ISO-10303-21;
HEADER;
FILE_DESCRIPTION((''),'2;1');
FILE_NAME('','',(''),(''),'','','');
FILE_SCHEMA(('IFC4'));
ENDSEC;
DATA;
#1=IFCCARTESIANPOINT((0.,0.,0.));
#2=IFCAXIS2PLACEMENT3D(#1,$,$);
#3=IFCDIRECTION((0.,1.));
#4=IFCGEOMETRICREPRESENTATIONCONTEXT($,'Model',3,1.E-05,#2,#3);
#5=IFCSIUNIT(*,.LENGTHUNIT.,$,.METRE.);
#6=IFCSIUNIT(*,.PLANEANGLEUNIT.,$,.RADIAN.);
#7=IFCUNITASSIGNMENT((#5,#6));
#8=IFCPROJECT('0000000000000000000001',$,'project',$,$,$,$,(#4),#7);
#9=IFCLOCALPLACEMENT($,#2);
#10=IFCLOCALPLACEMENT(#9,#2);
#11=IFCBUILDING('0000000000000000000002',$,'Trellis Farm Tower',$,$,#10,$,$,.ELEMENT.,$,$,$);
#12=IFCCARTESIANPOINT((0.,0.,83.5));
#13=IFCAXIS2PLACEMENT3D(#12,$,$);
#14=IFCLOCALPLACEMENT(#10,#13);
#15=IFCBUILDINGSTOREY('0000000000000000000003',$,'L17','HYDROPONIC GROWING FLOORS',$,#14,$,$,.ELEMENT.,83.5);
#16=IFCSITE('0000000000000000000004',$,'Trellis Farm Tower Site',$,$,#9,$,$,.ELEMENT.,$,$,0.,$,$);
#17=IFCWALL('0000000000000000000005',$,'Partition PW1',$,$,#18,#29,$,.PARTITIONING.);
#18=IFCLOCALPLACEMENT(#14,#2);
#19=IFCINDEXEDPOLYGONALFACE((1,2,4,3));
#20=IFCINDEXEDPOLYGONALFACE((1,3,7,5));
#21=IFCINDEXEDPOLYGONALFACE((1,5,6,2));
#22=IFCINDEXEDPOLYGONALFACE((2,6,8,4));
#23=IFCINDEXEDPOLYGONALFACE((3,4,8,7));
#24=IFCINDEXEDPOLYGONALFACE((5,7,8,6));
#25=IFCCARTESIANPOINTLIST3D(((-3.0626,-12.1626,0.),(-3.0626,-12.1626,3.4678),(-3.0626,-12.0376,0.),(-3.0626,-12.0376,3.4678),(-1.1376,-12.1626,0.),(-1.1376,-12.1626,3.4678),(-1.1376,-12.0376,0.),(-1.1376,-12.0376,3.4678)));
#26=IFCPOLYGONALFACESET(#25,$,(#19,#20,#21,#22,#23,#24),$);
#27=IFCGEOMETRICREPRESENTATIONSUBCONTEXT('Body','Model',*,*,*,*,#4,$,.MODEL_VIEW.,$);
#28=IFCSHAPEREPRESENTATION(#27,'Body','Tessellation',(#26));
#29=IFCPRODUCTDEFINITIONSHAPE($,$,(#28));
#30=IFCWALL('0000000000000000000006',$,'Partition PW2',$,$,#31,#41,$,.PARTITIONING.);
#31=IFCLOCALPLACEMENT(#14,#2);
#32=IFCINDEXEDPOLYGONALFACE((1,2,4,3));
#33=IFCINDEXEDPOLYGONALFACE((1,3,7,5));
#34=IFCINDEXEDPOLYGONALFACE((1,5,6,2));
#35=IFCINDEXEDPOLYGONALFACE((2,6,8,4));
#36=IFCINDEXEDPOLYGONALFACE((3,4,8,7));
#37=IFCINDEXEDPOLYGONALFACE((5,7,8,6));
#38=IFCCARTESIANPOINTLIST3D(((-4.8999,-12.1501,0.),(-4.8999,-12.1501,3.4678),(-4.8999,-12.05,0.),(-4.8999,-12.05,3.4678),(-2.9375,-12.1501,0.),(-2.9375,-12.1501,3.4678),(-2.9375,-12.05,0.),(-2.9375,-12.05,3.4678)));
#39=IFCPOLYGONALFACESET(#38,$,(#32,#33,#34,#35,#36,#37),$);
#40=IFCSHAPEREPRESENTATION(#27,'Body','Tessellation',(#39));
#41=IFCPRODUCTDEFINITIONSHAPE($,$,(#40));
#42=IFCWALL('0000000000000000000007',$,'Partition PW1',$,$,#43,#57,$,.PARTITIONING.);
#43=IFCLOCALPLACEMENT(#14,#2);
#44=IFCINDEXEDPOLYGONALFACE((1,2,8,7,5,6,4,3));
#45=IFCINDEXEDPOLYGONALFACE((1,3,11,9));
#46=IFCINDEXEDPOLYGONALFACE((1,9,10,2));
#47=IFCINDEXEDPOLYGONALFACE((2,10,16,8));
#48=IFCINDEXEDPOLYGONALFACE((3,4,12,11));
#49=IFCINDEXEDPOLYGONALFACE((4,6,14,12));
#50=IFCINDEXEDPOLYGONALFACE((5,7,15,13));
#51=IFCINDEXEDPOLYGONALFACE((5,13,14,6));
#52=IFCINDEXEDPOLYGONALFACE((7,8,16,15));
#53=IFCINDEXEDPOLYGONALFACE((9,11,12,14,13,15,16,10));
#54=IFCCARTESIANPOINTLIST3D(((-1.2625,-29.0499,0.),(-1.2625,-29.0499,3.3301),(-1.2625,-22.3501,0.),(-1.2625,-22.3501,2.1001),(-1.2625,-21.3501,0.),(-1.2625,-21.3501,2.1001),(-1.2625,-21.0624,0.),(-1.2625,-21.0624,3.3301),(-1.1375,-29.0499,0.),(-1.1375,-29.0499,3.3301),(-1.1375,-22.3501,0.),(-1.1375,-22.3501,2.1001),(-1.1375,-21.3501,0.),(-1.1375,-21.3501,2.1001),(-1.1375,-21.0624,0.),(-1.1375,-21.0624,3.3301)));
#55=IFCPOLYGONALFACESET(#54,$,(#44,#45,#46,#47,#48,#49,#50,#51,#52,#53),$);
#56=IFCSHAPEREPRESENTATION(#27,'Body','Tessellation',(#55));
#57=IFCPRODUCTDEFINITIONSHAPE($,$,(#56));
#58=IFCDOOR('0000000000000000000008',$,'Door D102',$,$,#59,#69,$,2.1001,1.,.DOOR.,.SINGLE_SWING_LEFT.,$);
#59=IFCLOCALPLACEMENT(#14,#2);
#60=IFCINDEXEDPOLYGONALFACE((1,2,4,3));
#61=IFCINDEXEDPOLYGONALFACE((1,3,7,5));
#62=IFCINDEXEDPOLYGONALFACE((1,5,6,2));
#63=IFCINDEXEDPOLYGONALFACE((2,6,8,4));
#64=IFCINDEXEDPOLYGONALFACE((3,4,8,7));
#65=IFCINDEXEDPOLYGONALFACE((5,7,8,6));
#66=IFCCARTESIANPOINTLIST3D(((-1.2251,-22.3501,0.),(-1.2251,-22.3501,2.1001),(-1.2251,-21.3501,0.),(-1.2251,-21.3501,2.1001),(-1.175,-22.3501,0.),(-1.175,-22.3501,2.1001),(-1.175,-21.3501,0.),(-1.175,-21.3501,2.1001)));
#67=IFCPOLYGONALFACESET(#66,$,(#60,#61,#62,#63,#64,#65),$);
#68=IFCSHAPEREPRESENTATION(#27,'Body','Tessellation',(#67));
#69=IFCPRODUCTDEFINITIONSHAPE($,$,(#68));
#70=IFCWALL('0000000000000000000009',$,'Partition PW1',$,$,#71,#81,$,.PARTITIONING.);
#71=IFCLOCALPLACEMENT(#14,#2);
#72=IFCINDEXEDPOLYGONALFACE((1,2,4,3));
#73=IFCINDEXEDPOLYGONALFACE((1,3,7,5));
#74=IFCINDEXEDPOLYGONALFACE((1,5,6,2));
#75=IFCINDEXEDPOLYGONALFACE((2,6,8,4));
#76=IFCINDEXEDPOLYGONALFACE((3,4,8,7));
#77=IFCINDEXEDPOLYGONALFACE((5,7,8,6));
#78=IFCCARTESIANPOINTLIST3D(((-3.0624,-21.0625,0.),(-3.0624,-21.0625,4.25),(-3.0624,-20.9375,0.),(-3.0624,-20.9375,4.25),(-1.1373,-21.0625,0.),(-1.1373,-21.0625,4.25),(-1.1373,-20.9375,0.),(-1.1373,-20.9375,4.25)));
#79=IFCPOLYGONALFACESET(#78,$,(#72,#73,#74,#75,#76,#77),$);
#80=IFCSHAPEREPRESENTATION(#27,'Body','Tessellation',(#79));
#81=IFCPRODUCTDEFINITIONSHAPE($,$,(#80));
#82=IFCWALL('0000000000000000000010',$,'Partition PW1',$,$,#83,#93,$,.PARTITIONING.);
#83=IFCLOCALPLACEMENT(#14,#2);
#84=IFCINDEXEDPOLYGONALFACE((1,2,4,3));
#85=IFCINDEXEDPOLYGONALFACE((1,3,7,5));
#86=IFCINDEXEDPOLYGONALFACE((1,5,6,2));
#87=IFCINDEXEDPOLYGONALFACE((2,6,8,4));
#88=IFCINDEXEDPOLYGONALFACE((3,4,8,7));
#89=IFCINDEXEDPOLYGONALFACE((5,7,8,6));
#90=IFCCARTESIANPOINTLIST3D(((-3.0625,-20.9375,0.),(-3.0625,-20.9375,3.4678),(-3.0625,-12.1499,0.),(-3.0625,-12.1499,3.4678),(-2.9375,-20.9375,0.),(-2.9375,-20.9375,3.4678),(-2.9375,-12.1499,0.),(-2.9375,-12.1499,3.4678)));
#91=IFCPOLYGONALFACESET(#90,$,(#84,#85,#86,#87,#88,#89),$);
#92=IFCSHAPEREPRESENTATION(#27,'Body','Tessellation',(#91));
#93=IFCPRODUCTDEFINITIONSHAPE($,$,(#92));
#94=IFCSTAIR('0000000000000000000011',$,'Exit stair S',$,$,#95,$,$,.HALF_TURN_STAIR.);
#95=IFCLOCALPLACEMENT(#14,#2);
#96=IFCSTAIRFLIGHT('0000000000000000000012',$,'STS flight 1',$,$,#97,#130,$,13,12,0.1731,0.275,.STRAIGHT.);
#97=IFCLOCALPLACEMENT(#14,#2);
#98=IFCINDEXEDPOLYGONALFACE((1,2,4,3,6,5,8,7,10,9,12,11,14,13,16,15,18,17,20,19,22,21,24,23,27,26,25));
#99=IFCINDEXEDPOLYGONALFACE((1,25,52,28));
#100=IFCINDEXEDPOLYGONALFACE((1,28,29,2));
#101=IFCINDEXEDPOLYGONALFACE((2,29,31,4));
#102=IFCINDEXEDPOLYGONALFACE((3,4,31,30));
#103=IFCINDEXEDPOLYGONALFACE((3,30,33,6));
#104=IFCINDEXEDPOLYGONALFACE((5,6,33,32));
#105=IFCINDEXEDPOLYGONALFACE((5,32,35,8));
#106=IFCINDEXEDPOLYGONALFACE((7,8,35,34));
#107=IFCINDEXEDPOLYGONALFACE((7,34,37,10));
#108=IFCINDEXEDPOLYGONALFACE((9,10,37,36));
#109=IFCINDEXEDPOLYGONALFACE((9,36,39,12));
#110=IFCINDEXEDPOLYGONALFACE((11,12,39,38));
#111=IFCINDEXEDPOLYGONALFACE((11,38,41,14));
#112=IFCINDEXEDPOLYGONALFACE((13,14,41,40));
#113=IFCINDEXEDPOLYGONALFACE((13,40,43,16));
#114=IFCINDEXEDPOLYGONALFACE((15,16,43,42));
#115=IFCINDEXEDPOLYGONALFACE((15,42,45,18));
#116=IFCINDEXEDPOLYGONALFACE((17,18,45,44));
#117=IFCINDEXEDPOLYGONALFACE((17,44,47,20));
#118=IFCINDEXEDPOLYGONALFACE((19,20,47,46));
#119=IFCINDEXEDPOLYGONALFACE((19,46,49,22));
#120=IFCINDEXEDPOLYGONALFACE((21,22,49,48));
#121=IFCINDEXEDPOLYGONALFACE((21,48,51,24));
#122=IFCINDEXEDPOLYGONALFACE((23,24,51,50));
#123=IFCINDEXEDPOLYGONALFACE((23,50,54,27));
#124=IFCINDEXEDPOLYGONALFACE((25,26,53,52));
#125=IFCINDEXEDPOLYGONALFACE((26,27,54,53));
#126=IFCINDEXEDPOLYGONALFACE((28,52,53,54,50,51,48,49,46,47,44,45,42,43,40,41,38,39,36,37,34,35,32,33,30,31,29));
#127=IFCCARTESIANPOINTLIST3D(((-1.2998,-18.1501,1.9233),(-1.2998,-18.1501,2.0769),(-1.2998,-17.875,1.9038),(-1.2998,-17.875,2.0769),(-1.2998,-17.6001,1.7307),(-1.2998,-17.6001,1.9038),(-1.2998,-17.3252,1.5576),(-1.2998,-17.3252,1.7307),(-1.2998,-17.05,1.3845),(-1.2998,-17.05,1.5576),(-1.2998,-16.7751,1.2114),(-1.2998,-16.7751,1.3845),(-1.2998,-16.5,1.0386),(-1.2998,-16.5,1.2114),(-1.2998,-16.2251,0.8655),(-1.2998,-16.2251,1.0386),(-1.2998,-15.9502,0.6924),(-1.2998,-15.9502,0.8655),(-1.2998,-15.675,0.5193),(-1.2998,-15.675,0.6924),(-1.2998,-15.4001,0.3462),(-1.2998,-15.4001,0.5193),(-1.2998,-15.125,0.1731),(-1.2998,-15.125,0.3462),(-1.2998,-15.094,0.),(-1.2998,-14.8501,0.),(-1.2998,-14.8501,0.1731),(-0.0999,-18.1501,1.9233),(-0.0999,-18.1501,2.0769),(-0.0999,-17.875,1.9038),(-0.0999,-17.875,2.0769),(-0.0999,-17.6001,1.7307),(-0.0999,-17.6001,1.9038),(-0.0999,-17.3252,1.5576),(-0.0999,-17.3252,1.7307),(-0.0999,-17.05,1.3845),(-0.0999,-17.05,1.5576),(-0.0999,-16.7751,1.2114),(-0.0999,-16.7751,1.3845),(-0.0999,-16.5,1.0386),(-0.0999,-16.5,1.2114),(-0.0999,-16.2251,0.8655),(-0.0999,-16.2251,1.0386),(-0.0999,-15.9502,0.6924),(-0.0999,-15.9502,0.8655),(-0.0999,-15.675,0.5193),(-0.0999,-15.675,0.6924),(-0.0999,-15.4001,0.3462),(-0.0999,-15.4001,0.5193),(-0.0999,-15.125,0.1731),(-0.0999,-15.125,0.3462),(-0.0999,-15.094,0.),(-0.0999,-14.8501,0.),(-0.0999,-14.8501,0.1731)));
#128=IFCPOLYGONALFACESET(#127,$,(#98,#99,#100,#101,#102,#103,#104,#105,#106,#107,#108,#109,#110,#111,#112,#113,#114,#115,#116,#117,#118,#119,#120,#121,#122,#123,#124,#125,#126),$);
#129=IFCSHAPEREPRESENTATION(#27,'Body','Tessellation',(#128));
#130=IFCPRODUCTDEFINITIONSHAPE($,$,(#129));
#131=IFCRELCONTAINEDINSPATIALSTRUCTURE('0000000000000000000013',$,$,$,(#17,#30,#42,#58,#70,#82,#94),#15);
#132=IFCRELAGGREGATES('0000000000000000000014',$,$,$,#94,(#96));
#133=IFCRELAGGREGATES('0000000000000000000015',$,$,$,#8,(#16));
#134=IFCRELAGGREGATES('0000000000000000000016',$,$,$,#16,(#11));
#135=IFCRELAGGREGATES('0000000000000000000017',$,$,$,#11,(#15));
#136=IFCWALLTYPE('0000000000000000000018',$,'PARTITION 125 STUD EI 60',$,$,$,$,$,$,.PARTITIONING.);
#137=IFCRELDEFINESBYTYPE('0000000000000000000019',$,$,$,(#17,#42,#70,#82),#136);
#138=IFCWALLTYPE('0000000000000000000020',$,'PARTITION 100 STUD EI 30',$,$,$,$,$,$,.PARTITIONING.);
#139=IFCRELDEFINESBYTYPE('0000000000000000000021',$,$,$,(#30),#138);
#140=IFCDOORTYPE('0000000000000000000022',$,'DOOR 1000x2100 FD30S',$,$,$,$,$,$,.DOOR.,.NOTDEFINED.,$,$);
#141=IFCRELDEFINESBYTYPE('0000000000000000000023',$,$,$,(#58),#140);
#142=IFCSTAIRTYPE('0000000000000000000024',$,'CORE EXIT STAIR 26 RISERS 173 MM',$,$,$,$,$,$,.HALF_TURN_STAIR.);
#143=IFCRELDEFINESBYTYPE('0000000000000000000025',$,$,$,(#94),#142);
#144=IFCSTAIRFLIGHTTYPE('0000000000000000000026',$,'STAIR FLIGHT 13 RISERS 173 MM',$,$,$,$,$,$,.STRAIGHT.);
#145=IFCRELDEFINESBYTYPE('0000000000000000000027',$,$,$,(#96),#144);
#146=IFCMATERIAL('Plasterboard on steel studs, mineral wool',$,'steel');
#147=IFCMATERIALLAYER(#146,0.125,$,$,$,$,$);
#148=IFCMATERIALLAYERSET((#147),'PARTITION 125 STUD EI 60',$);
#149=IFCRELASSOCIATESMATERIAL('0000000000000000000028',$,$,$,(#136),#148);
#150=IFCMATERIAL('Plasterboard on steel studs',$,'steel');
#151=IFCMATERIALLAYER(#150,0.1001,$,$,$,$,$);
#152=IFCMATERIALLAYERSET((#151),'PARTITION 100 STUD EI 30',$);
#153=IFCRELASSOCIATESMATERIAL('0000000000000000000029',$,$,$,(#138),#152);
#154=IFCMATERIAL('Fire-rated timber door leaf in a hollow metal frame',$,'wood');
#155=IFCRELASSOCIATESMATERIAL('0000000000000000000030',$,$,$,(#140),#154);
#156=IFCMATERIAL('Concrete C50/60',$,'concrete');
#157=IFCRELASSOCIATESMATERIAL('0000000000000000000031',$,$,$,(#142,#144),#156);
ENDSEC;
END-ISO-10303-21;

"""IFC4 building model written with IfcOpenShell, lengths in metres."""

from ifc_helpers import new_model, si_unit, direction, frame, frame_2d, origin, place, context, subcontext, project, spatial, polyline, rectangle, outline, extrude, source, transform, mapped, material, layer, layer_set, type_object, element, fill, aggregate, save


model = new_model("IFC4")

# Units and contexts
model_context = context("Model", 3, precision=1e-05, world=origin(), true_north=direction((0.0, 1.0)))
body_context = subcontext(model_context, "Body", "Model", "MODEL_VIEW")
ifc_project = project(units=[si_unit("LENGTHUNIT", "METRE"), si_unit("PLANEANGLEUNIT", "RADIAN")], contexts=[model_context])

# Site, building, storey
site_placement = place(None, origin())
site = spatial("IfcSite", under=ifc_project, at=site_placement, Name="Trellis Farm Tower Site", CompositionType="ELEMENT", RefElevation=0.0)
building_placement = place(site_placement, origin())
building = spatial("IfcBuilding", under=site, at=building_placement, Name="Trellis Farm Tower", CompositionType="ELEMENT")
storey_placement = place(building_placement, frame((0.0, 0.0, 83.5)))
storey = spatial("IfcBuildingStorey", under=building, at=storey_placement, Name="L17", Description="HYDROPONIC GROWING FLOORS", CompositionType="ELEMENT", Elevation=83.5)

# Shared definitions
placement = place(storey_placement, origin())

# Shared definitions
ifc_material_1 = material(Name="Plasterboard on steel studs, mineral wool", Category="steel")
ifc_layer_1 = layer(ifc_material_1, 0.125)
ifc_layer_set_1 = layer_set([ifc_layer_1], Name="PARTITION 125 STUD EI 60")
wall_type_1 = type_object("IfcWallType", Name="PARTITION 125 STUD EI 60", PredefinedType="PARTITIONING", material=ifc_layer_set_1)
ifc_material_2 = material(Name="Fire-rated timber door leaf in a hollow metal frame", Category="wood")

# Walls
shared_shape_1 = source(origin(), body_context, "Body", "SweptSolid", [
    extrude(rectangle(XDim=1.925, YDim=0.125, at=frame_2d((0.9624, 0.0))), origin(), (0.0, 0.0, 1.0), 3.4678),
])
wall_1_placement = place(storey_placement, frame((-3.0625, -12.1001, 0.0), z_axis=(0.0, 0.0, 1.0), x_axis=(1.0, 0.0, 0.0)))
element("IfcWall", 1, at=wall_1_placement, inside=storey, type_object=wall_type_1, Name="Partition PW1", PredefinedType="PARTITIONING", context=body_context, shape_type="MappedRepresentation", body=[
    mapped(shared_shape_1, transform((0.0, 0.0, 0.0))),
])
ifc_material_3 = material(Name="Plasterboard on steel studs", Category="steel")
ifc_layer_2 = layer(ifc_material_3, 0.1001)
ifc_layer_set_2 = layer_set([ifc_layer_2], Name="PARTITION 100 STUD EI 30")
wall_type_2 = type_object("IfcWallType", Name="PARTITION 100 STUD EI 30", PredefinedType="PARTITIONING", material=ifc_layer_set_2)
shared_shape_2 = source(origin(), body_context, "Body", "SweptSolid", [
    extrude(rectangle(XDim=1.9624, YDim=0.1001, at=frame_2d((0.9812, 0.0))), origin(), (0.0, 0.0, 1.0), 3.4678),
])
wall_2_placement = place(storey_placement, frame((-4.8999, -12.1001, 0.0), z_axis=(0.0, 0.0, 1.0), x_axis=(1.0, 0.0, 0.0)))
element("IfcWall", 2, at=wall_2_placement, inside=storey, type_object=wall_type_2, Name="Partition PW2", PredefinedType="PARTITIONING", context=body_context, shape_type="MappedRepresentation", body=[
    mapped(shared_shape_2, transform((0.0, 0.0, 0.0))),
])

# Wall, opening, door
shared_shape_3 = source(origin(), body_context, "Body", "SweptSolid", [
    extrude(rectangle(XDim=7.9875, YDim=0.125, at=frame_2d((3.9937, 0.0))), origin(), (0.0, 0.0, 1.0), 3.3301),
])
wall_3_placement = place(storey_placement, frame((-1.2, -21.0625, 0.0), z_axis=(0.0, 0.0, 1.0), x_axis=(0.0, -1.0, 0.0)))
wall_3 = element("IfcWall", 3, at=wall_3_placement, inside=storey, type_object=wall_type_1, Name="Partition PW1", PredefinedType="PARTITIONING", context=body_context, shape_type="MappedRepresentation", body=[
    mapped(shared_shape_3, transform((0.0, 0.0, 0.0))),
])
shared_shape_4 = source(origin(), body_context, "Body", "SweptSolid", [
    extrude(rectangle(XDim=1.0, YDim=2.1001, at=frame_2d((0.5, 1.05))), frame((0.0, 0.0725, 0.0), z_axis=(0.0, -1.0, 0.0), x_axis=(1.0, 0.0, 0.0)), (0.0, 0.0, 1.0), 0.145),
])
opening_1_placement = place(wall_3_placement, frame((0.2876, 0.0, 0.0)))
opening_1 = element("IfcOpeningElement", 4, at=opening_1_placement, cuts=wall_3, PredefinedType="OPENING", context=body_context, shape_type="MappedRepresentation", body=[
    mapped(shared_shape_4, transform((0.0, 0.0, 0.0))),
])
door_type_1 = type_object("IfcDoorType", Name="DOOR 1000x2100 FD30S", OperationType="NOTDEFINED", PredefinedType="DOOR", material=ifc_material_2)
shared_shape_5 = source(origin(), body_context, "Body", "SweptSolid", [
    extrude(rectangle(XDim=1.0, YDim=2.1001, at=frame_2d((0.5, 1.05))), frame((0.0, 0.0249, 0.0), z_axis=(0.0, -1.0, 0.0), x_axis=(1.0, 0.0, 0.0)), (0.0, 0.0, 1.0), 0.05),
])
door_1_placement = place(opening_1_placement, origin())
door_1 = element("IfcDoor", 5, at=door_1_placement, inside=storey, type_object=door_type_1, Name="Door D102", OperationType="SINGLE_SWING_LEFT", OverallHeight=2.1001, OverallWidth=1.0, PredefinedType="DOOR", context=body_context, shape_type="MappedRepresentation", body=[
    mapped(shared_shape_5, transform((0.0, 0.0, 0.0))),
])
fill(opening_1, door_1)

# Walls
shared_shape_6 = source(origin(), body_context, "Body", "SweptSolid", [
    extrude(rectangle(XDim=1.925, YDim=0.125, at=frame_2d((0.9624, 0.0))), origin(), (0.0, 0.0, 1.0), 4.25),
])
wall_4_placement = place(storey_placement, frame((-1.1375, -21.0, 0.0), z_axis=(0.0, 0.0, 1.0), x_axis=(-1.0, 0.0, 0.0)))
element("IfcWall", 6, at=wall_4_placement, inside=storey, type_object=wall_type_1, Name="Partition PW1", PredefinedType="PARTITIONING", context=body_context, shape_type="MappedRepresentation", body=[
    mapped(shared_shape_6, transform((0.0, 0.0, 0.0))),
])
shared_shape_7 = source(origin(), body_context, "Body", "SweptSolid", [
    extrude(rectangle(XDim=8.7876, YDim=0.125, at=frame_2d((4.3938, 0.0))), origin(), (0.0, 0.0, 1.0), 3.4678),
])
wall_5_placement = place(storey_placement, frame((-3.0, -20.9375, 0.0), z_axis=(0.0, 0.0, 1.0), x_axis=(0.0, 1.0, 0.0)))
element("IfcWall", 7, at=wall_5_placement, inside=storey, type_object=wall_type_1, Name="Partition PW1", PredefinedType="PARTITIONING", context=body_context, shape_type="MappedRepresentation", body=[
    mapped(shared_shape_7, transform((0.0, 0.0, 0.0))),
])

# Stair, stair flight
ifc_material_4 = material(Name="Concrete C50/60", Category="concrete")
stair_type = type_object("IfcStairType", Name="CORE EXIT STAIR 26 RISERS 173 MM", PredefinedType="HALF_TURN_STAIR", material=ifc_material_4)
stair = element("IfcStair", 8, at=placement, inside=storey, type_object=stair_type, Name="Exit stair S", PredefinedType="HALF_TURN_STAIR")
stair_flight_type = type_object("IfcStairFlightType", Name="STAIR FLIGHT 13 RISERS 173 MM", PredefinedType="STRAIGHT", material=ifc_material_4)
shared_shape_8 = source(origin(), body_context, "Body", "SweptSolid", [
    extrude(outline(polyline([(0.0, 0.0), (0.0, 0.1731), (0.2749, 0.1731), (0.2749, 0.3462), (0.55, 0.3462), (0.55, 0.5193), (0.825, 0.5193), (0.825, 0.6924), (1.1001, 0.6924), (1.1001, 0.8655), (1.375, 0.8655), (1.375, 1.0386), (1.6499, 1.0386), (1.6499, 1.2114), (1.925, 1.2114), (1.925, 1.3845), (2.2, 1.3845), (2.2, 1.5576), (2.4751, 1.5576), (2.4751, 1.7307), (2.75, 1.7307), (2.75, 1.9038), (3.0249, 1.9038), (3.0249, 2.0769), (3.3, 2.0769), (3.3, 2.25), (3.3, 1.9233), (0.2439, 0.0), (0.0, 0.0)])), frame((0.0, 0.6001, 0.0), z_axis=(0.0, -1.0, 0.0), x_axis=(1.0, 0.0, 0.0)), (0.0, 0.0, 1.0), 1.2),
])
stair_flight_placement = place(storey_placement, frame((-0.7, -14.8501, 0.0), z_axis=(0.0, 0.0, 1.0), x_axis=(0.0, -1.0, 0.0)))
stair_flight = element("IfcStairFlight", 9, at=stair_flight_placement, type_object=stair_flight_type, Name="STS flight 1", NumberOfRisers=13, NumberOfTreads=12, PredefinedType="STRAIGHT", RiserHeight=0.1731, TreadLength=0.275, context=body_context, shape_type="MappedRepresentation", body=[
    mapped(shared_shape_8, transform((0.0, 0.0, 0.0))),
])
aggregate(stair, [stair_flight])

save(model, "model.ifc")
